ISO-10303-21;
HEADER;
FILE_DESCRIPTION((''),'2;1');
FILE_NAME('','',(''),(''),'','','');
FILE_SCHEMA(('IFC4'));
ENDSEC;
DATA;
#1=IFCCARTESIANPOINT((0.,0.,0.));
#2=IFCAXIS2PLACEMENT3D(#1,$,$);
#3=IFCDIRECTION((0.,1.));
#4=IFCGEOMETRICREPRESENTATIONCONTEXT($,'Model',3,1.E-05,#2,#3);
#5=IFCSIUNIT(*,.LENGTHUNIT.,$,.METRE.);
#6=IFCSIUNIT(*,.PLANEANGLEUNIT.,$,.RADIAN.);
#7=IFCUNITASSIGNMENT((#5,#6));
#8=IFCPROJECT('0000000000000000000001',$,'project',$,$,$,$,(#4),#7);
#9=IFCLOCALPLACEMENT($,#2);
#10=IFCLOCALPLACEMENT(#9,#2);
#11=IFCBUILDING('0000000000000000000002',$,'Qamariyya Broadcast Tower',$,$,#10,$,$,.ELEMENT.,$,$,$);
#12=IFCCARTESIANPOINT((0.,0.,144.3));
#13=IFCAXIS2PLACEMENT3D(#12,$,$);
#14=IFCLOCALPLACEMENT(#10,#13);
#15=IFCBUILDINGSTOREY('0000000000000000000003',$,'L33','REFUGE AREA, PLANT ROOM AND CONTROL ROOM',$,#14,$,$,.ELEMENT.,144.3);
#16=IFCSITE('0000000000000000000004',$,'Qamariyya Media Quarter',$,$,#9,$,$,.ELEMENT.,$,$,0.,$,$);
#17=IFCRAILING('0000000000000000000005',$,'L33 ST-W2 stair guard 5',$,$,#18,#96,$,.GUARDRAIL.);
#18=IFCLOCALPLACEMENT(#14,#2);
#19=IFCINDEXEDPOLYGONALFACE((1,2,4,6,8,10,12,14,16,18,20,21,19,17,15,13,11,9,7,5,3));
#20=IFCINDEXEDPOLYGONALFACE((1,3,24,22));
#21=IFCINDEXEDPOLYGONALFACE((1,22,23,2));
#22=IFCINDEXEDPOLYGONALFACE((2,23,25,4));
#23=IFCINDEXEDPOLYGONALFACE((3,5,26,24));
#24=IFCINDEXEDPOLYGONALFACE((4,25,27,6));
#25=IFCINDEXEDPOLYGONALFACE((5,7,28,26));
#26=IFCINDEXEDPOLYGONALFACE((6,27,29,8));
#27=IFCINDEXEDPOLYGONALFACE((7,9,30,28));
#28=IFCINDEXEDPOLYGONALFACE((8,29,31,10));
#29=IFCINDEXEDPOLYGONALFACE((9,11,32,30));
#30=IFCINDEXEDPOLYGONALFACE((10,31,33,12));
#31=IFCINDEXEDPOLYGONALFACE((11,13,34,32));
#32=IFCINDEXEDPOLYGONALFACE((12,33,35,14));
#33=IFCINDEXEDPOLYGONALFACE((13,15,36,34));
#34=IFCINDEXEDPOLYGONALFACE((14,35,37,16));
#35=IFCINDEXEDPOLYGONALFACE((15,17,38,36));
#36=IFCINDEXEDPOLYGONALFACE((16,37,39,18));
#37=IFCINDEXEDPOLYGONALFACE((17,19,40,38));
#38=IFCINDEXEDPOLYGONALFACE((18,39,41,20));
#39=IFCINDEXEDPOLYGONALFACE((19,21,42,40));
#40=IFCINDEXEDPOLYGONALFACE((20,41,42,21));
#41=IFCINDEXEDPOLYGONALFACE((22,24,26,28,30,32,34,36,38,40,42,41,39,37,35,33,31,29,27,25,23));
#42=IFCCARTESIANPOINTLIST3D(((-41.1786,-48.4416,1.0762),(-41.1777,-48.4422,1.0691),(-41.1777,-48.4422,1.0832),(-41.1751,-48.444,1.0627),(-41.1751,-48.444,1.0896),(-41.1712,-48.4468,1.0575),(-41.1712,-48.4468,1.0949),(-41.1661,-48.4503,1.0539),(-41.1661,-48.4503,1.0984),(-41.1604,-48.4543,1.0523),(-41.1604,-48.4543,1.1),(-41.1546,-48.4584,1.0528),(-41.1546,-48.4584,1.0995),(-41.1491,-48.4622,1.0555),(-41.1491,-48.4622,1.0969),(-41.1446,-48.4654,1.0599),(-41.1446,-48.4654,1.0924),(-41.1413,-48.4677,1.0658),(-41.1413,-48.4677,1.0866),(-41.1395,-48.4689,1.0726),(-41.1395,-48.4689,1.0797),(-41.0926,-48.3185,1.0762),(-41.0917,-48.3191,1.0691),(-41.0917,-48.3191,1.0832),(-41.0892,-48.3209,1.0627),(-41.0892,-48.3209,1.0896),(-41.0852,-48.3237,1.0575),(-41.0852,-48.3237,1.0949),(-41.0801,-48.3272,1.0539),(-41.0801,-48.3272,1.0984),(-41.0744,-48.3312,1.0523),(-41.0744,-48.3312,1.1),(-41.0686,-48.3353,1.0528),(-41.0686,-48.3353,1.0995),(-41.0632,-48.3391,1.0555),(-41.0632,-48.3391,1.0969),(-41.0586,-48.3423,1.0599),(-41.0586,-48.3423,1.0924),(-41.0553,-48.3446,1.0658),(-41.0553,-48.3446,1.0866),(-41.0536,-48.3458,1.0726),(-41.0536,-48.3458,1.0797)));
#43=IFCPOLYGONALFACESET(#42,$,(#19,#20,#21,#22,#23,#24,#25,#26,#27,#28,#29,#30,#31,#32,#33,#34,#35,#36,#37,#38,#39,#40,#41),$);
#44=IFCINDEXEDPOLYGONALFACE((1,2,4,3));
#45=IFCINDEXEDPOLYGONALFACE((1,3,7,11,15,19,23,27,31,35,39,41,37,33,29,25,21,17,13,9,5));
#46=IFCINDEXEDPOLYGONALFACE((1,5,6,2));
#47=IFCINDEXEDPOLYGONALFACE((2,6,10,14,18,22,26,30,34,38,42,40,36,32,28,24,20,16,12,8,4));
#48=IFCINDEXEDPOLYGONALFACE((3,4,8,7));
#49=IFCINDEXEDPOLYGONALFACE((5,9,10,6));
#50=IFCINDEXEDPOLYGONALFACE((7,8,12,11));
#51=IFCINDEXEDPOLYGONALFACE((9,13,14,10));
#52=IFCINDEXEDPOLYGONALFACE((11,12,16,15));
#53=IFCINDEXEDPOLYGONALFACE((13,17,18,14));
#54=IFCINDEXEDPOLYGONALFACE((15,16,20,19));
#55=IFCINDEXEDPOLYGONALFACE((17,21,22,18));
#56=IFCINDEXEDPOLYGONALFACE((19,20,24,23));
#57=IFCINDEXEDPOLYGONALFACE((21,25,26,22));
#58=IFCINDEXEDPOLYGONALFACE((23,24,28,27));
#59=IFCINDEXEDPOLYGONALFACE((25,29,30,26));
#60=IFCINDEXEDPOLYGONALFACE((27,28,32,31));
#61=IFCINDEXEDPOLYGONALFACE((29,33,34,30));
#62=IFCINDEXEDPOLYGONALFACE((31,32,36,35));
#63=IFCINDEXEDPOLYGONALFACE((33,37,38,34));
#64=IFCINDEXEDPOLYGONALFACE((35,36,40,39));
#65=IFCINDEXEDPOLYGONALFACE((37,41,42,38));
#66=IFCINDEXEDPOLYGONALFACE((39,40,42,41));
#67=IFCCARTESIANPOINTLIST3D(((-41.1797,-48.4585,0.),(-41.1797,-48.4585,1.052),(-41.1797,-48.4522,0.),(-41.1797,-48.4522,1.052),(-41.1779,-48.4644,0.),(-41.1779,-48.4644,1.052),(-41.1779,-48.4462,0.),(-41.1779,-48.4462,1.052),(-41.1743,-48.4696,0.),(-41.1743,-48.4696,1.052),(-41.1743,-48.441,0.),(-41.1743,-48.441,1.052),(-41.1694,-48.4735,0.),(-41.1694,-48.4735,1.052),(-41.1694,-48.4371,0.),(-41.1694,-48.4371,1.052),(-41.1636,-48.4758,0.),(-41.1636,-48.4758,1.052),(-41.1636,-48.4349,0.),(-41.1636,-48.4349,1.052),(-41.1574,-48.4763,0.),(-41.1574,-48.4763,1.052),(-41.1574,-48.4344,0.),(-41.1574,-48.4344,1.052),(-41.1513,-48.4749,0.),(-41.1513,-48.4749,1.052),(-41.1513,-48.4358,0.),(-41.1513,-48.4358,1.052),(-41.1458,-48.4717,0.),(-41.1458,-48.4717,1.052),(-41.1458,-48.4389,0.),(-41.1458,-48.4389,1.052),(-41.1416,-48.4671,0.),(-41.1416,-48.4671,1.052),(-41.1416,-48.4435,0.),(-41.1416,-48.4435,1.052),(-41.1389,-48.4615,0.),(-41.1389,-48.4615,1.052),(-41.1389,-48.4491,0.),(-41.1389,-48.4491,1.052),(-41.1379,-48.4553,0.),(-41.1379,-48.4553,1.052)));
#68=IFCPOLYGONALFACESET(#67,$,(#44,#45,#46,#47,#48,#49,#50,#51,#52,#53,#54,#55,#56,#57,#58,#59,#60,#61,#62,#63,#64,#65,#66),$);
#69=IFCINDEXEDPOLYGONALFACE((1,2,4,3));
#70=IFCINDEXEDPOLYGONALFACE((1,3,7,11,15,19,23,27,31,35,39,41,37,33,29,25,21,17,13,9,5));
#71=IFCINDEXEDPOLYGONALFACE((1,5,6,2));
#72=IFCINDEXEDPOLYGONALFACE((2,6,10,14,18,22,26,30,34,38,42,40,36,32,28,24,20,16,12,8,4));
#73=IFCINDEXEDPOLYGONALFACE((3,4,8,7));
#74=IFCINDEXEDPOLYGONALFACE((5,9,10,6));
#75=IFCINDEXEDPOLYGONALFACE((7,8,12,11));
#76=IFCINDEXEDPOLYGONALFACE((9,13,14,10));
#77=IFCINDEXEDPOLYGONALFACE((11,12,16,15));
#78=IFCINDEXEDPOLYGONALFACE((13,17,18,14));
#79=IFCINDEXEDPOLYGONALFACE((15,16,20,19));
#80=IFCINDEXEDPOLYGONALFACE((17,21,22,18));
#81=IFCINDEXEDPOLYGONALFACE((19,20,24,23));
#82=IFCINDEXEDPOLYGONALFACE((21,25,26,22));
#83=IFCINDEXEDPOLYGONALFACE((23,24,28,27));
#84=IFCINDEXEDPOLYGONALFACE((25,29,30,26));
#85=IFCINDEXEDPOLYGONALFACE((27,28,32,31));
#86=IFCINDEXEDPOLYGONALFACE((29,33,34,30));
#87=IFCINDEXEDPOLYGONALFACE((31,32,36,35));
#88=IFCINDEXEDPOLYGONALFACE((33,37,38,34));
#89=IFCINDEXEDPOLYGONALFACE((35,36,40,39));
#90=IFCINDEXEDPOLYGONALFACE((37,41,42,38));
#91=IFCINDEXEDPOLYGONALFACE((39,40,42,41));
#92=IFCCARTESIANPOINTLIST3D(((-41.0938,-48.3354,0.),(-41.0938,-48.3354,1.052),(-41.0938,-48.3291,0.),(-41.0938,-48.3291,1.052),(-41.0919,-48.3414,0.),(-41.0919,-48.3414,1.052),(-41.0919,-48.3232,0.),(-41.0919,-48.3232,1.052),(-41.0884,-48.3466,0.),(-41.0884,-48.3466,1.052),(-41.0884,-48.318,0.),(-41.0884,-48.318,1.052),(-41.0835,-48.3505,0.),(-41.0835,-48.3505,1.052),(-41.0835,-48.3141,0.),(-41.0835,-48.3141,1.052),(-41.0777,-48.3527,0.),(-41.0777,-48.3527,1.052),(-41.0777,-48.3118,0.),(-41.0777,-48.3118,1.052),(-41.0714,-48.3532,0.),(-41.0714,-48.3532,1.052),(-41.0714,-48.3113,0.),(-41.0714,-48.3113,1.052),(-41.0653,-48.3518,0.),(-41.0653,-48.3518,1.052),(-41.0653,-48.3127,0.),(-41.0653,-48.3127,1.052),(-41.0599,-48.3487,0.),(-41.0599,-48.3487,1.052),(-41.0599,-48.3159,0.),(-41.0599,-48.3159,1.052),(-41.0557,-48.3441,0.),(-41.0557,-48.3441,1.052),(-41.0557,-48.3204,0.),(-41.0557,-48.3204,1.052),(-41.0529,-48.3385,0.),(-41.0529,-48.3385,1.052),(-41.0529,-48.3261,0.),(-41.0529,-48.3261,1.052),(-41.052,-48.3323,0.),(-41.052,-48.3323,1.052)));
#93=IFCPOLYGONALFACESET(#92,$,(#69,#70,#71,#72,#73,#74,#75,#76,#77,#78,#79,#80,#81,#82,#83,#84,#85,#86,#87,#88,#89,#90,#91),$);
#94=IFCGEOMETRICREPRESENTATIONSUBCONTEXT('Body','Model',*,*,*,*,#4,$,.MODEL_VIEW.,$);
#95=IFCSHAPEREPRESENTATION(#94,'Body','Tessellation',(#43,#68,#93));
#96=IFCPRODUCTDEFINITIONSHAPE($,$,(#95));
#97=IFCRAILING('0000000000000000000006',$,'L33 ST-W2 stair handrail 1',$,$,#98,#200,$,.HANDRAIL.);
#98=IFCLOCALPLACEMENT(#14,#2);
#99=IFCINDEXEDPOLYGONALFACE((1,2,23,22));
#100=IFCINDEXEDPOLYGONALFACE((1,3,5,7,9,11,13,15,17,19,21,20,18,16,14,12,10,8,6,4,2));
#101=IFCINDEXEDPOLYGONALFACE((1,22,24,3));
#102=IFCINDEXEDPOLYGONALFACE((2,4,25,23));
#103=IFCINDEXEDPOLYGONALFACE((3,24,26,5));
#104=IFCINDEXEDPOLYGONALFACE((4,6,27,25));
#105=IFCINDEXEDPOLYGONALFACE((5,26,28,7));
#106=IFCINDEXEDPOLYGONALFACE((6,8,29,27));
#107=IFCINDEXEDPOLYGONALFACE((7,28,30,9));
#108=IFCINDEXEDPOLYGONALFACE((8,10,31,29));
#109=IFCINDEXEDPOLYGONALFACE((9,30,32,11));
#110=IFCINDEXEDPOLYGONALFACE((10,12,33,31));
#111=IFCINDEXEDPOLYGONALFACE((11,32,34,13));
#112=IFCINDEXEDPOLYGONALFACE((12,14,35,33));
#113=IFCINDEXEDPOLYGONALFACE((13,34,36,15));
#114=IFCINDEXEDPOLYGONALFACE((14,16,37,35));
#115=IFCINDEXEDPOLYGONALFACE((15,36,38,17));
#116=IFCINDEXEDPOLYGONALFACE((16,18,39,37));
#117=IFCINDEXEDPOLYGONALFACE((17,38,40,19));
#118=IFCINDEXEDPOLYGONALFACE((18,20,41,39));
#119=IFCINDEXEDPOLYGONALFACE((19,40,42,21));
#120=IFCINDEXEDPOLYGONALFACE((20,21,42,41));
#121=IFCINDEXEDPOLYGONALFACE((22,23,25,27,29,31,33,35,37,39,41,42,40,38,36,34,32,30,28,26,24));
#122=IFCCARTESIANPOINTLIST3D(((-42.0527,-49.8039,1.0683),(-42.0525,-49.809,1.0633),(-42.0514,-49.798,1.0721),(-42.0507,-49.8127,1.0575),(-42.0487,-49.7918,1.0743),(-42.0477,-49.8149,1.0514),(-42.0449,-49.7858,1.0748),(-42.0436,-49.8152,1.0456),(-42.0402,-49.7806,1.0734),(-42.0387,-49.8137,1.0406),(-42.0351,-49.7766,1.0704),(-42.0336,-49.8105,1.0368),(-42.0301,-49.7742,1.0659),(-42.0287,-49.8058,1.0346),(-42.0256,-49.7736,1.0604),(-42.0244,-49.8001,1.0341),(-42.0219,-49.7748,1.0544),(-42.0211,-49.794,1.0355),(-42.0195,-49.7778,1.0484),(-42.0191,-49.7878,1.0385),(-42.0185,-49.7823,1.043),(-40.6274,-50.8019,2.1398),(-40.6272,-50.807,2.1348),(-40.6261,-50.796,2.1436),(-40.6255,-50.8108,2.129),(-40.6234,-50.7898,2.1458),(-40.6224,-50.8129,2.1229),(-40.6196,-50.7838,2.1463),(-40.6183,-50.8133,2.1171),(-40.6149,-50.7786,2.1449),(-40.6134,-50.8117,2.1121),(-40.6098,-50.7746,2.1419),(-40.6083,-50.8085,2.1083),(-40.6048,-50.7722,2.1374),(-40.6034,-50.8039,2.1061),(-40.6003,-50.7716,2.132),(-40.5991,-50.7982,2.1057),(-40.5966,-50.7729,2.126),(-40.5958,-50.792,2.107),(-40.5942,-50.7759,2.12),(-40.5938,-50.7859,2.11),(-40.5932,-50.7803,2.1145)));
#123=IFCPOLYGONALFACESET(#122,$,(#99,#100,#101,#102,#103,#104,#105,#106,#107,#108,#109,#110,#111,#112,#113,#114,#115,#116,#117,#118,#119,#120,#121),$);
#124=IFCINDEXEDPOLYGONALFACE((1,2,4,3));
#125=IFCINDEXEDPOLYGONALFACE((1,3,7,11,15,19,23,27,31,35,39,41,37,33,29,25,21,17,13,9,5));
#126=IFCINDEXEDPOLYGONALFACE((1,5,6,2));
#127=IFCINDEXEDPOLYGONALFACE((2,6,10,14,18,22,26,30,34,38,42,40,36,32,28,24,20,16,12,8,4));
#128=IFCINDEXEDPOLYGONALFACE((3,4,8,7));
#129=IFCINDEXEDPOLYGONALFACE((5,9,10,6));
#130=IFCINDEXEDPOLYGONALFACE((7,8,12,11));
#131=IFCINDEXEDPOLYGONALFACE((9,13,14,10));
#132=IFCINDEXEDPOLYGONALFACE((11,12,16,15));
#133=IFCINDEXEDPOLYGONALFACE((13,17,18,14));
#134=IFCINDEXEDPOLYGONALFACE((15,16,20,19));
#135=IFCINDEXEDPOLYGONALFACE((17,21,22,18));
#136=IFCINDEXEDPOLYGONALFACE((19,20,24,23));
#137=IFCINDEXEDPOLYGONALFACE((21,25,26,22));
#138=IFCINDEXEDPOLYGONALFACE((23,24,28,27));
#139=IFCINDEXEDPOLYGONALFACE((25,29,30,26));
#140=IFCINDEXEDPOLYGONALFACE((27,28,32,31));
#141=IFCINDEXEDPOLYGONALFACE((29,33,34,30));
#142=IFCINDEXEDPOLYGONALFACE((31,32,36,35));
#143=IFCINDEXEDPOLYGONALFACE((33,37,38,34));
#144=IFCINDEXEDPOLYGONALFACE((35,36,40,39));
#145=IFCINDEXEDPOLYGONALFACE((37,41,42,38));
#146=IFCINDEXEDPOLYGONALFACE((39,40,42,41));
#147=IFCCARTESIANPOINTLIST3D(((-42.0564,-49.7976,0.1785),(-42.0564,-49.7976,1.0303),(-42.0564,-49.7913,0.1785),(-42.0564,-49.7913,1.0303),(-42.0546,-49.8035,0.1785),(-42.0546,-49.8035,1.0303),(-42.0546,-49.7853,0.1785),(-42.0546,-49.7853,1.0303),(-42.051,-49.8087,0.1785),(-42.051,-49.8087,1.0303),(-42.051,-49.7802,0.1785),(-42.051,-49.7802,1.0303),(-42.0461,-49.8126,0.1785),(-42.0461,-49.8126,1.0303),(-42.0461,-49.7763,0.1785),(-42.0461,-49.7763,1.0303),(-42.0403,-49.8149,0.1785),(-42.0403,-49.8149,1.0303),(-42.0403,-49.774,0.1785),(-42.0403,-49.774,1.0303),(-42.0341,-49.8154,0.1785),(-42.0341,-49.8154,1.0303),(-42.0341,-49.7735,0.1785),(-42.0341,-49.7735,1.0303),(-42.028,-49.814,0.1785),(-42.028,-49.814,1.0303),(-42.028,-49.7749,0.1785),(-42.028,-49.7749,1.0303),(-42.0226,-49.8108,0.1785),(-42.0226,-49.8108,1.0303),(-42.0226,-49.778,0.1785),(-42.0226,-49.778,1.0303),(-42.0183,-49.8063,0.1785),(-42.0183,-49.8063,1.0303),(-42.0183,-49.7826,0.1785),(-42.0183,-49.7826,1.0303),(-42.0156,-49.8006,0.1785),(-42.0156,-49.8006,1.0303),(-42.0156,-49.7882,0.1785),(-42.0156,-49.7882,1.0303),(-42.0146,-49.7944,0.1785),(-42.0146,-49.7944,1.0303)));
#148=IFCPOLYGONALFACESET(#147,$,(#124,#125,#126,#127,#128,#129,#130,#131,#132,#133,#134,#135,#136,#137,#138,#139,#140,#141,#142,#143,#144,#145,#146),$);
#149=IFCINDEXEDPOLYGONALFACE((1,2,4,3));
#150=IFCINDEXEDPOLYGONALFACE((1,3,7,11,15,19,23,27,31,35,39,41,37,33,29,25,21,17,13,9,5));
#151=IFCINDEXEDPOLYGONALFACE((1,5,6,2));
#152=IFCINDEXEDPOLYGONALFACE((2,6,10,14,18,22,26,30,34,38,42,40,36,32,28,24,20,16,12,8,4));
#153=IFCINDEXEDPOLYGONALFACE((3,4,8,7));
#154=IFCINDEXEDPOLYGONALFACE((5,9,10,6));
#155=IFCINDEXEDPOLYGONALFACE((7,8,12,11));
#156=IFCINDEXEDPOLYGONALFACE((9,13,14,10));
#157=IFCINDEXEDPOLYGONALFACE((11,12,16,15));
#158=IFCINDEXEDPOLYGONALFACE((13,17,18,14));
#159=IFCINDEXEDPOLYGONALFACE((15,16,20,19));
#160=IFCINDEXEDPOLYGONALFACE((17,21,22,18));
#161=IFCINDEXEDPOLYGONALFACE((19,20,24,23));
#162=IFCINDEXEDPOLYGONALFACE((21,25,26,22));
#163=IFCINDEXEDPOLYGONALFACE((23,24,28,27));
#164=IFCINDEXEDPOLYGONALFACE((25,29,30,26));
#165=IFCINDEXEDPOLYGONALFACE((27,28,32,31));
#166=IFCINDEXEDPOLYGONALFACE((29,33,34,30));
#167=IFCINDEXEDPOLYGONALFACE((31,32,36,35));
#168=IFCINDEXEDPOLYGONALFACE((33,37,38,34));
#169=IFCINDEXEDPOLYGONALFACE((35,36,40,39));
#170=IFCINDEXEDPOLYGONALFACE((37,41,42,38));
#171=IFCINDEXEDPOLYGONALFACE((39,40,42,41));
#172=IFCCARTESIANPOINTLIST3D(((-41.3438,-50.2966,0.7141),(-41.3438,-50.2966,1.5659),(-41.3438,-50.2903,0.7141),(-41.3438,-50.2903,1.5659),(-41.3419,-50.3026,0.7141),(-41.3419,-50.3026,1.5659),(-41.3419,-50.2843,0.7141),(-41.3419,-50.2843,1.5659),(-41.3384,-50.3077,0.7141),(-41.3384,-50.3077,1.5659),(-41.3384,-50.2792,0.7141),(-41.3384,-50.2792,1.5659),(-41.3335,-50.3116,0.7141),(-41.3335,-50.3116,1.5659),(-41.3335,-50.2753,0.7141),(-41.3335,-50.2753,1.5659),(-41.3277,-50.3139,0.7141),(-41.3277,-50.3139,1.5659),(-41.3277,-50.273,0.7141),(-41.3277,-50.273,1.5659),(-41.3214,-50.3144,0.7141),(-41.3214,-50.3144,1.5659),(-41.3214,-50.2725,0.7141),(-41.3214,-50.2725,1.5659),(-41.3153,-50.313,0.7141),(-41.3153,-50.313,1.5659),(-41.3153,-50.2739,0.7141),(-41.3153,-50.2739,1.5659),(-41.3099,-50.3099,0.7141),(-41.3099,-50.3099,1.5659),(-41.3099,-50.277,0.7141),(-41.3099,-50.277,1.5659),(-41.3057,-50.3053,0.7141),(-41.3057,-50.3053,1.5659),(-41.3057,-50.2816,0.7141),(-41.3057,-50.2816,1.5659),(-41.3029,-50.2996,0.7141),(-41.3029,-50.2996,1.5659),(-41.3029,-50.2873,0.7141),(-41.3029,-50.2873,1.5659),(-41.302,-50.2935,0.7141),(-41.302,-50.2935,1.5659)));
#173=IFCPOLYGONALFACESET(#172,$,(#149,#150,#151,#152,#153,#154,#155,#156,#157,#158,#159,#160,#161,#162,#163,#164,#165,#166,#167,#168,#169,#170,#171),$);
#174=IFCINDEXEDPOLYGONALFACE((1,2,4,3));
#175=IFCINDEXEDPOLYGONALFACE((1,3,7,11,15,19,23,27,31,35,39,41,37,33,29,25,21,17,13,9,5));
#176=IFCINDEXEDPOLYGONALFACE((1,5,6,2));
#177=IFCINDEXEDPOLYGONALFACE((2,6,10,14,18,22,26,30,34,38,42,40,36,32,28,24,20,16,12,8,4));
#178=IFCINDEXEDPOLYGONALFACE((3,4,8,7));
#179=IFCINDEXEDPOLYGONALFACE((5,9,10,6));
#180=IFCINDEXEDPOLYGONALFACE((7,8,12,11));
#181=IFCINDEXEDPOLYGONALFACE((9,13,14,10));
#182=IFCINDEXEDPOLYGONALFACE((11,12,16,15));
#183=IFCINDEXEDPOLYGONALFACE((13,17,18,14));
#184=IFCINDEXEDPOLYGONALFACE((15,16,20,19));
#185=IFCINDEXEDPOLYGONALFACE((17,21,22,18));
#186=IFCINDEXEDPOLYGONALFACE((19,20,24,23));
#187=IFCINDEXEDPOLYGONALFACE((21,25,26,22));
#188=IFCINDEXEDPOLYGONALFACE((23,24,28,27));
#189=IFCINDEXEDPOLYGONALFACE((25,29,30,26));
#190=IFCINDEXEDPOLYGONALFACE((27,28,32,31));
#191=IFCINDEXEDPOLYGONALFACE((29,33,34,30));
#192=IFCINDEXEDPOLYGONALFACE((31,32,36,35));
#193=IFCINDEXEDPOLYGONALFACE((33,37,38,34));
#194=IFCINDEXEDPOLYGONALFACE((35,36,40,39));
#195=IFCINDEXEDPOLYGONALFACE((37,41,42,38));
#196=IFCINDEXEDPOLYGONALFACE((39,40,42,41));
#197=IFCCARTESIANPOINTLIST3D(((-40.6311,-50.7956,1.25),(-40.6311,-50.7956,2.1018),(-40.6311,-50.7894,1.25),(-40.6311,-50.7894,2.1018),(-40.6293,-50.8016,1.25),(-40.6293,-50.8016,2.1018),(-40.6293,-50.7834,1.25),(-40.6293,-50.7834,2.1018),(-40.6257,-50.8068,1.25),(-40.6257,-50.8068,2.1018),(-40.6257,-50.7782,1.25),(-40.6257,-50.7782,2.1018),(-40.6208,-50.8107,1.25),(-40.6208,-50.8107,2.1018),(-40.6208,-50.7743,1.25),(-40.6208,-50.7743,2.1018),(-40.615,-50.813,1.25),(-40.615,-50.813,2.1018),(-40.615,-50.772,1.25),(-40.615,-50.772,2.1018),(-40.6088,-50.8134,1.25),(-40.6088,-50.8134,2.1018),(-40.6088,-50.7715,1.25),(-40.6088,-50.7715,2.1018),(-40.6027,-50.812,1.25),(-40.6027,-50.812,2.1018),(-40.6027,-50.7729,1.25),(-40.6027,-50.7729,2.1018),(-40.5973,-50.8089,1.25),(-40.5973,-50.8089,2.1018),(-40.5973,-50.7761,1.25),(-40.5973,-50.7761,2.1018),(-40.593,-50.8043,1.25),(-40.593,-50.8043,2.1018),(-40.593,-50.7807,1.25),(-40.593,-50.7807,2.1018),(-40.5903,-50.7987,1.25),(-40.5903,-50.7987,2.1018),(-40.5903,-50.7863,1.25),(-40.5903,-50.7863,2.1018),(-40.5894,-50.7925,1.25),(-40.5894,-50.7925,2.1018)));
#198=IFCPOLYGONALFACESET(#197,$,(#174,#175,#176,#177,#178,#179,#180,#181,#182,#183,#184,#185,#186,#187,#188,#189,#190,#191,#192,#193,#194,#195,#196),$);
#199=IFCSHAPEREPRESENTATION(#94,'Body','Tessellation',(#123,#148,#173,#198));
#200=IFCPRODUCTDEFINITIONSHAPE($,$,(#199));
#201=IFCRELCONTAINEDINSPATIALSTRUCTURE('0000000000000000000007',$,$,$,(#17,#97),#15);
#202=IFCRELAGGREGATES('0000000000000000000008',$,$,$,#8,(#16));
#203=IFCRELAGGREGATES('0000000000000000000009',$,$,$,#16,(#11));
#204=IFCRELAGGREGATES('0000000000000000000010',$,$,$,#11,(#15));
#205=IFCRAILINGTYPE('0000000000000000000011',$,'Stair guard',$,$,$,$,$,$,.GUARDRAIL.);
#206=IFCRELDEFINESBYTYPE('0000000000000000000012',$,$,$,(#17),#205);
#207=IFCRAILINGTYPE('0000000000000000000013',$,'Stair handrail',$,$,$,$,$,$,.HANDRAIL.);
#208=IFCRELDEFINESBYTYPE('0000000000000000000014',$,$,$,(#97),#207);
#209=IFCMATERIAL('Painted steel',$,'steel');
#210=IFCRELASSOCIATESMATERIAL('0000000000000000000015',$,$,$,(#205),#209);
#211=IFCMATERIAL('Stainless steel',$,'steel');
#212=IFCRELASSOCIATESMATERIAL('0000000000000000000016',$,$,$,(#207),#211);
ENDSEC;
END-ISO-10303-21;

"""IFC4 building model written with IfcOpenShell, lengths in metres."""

from ifc_helpers import new_model, si_unit, direction, frame, origin, origin_2d, place, context, subcontext, project, spatial, circle, extrude, material, type_object, element, save


model = new_model("IFC4")

# Units and contexts
model_context = context("Model", 3, precision=1e-05, world=origin(), true_north=direction((0.0, 1.0)))
body_context = subcontext(model_context, "Body", "Model", "MODEL_VIEW")
ifc_project = project(units=[si_unit("LENGTHUNIT", "METRE"), si_unit("PLANEANGLEUNIT", "RADIAN")], contexts=[model_context])

# Site, building, storey
site_placement = place(None, origin())
site = spatial("IfcSite", under=ifc_project, at=site_placement, Name="Qamariyya Media Quarter", CompositionType="ELEMENT", RefElevation=0.0)
building_placement = place(site_placement, origin())
building = spatial("IfcBuilding", under=site, at=building_placement, Name="Qamariyya Broadcast Tower", CompositionType="ELEMENT")
storey_placement = place(building_placement, frame((0.0, 0.0, 144.3)))
storey = spatial("IfcBuildingStorey", under=building, at=storey_placement, Name="L33", Description="REFUGE AREA, PLANT ROOM AND CONTROL ROOM", CompositionType="ELEMENT", Elevation=144.3)

# Railings
ifc_material_1 = material(Name="Painted steel", Category="steel")
railing_type_1 = type_object("IfcRailingType", Name="Stair guard", PredefinedType="GUARDRAIL", material=ifc_material_1)
railing_placement = place(storey_placement, frame((-41.1589, -48.4553, 0.0)))
element("IfcRailing", 1, at=railing_placement, inside=storey, type_object=railing_type_1, Name="L33 ST-W2 stair guard 5", PredefinedType="GUARDRAIL", context=body_context, shape_type="SweptSolid", body=[
    extrude(circle(Radius=0.0239, at=origin_2d()), frame((0.0, 0.0, 1.0762), z_axis=(0.572589, 0.819843, 0.0), x_axis=(-0.819843, 0.572589, 0.0)), (0.0, 0.0, 1.0), 0.1501),
    extrude(circle(Radius=0.021, at=origin_2d()), origin(), (0.0, 0.0, 1.0), 1.052),
    extrude(circle(Radius=0.021, at=origin_2d()), frame((0.0859, 0.123, 0.0)), (0.0, 0.0, 1.0), 1.052),
])
ifc_material_2 = material(Name="Stainless steel", Category="steel")
railing_type_2 = type_object("IfcRailingType", Name="Stair handrail", PredefinedType="HANDRAIL", material=ifc_material_2)
for number, where, name in (
    (2, (-42.0356, -49.7944, 0.1785), "L33 ST-W2 stair handrail 1"),
):
    element("IfcRailing", number, at=place(storey_placement, frame(where)), inside=storey, type_object=railing_type_2, Name=name, PredefinedType="HANDRAIL", context=body_context, shape_type="SweptSolid", body=[
        extrude(circle(Radius=0.0239, at=origin_2d()), frame((0.0, 0.0, 0.876), z_axis=(0.697489, -0.48841, 0.524371), x_axis=(0.573594, 0.81914, 0.0)), (0.0, 0.0, 1.0), 2.0435),
        extrude(circle(Radius=0.021, at=origin_2d()), origin(), (0.0, 0.0, 1.0), 0.8518),
        extrude(circle(Radius=0.021, at=origin_2d()), frame((0.7126, -0.499, 0.5356)), (0.0, 0.0, 1.0), 0.8518),
        extrude(circle(Radius=0.021, at=origin_2d()), frame((1.4253, -0.998, 1.0715)), (0.0, 0.0, 1.0), 0.8518),
    ])

save(model, "model.ifc")
